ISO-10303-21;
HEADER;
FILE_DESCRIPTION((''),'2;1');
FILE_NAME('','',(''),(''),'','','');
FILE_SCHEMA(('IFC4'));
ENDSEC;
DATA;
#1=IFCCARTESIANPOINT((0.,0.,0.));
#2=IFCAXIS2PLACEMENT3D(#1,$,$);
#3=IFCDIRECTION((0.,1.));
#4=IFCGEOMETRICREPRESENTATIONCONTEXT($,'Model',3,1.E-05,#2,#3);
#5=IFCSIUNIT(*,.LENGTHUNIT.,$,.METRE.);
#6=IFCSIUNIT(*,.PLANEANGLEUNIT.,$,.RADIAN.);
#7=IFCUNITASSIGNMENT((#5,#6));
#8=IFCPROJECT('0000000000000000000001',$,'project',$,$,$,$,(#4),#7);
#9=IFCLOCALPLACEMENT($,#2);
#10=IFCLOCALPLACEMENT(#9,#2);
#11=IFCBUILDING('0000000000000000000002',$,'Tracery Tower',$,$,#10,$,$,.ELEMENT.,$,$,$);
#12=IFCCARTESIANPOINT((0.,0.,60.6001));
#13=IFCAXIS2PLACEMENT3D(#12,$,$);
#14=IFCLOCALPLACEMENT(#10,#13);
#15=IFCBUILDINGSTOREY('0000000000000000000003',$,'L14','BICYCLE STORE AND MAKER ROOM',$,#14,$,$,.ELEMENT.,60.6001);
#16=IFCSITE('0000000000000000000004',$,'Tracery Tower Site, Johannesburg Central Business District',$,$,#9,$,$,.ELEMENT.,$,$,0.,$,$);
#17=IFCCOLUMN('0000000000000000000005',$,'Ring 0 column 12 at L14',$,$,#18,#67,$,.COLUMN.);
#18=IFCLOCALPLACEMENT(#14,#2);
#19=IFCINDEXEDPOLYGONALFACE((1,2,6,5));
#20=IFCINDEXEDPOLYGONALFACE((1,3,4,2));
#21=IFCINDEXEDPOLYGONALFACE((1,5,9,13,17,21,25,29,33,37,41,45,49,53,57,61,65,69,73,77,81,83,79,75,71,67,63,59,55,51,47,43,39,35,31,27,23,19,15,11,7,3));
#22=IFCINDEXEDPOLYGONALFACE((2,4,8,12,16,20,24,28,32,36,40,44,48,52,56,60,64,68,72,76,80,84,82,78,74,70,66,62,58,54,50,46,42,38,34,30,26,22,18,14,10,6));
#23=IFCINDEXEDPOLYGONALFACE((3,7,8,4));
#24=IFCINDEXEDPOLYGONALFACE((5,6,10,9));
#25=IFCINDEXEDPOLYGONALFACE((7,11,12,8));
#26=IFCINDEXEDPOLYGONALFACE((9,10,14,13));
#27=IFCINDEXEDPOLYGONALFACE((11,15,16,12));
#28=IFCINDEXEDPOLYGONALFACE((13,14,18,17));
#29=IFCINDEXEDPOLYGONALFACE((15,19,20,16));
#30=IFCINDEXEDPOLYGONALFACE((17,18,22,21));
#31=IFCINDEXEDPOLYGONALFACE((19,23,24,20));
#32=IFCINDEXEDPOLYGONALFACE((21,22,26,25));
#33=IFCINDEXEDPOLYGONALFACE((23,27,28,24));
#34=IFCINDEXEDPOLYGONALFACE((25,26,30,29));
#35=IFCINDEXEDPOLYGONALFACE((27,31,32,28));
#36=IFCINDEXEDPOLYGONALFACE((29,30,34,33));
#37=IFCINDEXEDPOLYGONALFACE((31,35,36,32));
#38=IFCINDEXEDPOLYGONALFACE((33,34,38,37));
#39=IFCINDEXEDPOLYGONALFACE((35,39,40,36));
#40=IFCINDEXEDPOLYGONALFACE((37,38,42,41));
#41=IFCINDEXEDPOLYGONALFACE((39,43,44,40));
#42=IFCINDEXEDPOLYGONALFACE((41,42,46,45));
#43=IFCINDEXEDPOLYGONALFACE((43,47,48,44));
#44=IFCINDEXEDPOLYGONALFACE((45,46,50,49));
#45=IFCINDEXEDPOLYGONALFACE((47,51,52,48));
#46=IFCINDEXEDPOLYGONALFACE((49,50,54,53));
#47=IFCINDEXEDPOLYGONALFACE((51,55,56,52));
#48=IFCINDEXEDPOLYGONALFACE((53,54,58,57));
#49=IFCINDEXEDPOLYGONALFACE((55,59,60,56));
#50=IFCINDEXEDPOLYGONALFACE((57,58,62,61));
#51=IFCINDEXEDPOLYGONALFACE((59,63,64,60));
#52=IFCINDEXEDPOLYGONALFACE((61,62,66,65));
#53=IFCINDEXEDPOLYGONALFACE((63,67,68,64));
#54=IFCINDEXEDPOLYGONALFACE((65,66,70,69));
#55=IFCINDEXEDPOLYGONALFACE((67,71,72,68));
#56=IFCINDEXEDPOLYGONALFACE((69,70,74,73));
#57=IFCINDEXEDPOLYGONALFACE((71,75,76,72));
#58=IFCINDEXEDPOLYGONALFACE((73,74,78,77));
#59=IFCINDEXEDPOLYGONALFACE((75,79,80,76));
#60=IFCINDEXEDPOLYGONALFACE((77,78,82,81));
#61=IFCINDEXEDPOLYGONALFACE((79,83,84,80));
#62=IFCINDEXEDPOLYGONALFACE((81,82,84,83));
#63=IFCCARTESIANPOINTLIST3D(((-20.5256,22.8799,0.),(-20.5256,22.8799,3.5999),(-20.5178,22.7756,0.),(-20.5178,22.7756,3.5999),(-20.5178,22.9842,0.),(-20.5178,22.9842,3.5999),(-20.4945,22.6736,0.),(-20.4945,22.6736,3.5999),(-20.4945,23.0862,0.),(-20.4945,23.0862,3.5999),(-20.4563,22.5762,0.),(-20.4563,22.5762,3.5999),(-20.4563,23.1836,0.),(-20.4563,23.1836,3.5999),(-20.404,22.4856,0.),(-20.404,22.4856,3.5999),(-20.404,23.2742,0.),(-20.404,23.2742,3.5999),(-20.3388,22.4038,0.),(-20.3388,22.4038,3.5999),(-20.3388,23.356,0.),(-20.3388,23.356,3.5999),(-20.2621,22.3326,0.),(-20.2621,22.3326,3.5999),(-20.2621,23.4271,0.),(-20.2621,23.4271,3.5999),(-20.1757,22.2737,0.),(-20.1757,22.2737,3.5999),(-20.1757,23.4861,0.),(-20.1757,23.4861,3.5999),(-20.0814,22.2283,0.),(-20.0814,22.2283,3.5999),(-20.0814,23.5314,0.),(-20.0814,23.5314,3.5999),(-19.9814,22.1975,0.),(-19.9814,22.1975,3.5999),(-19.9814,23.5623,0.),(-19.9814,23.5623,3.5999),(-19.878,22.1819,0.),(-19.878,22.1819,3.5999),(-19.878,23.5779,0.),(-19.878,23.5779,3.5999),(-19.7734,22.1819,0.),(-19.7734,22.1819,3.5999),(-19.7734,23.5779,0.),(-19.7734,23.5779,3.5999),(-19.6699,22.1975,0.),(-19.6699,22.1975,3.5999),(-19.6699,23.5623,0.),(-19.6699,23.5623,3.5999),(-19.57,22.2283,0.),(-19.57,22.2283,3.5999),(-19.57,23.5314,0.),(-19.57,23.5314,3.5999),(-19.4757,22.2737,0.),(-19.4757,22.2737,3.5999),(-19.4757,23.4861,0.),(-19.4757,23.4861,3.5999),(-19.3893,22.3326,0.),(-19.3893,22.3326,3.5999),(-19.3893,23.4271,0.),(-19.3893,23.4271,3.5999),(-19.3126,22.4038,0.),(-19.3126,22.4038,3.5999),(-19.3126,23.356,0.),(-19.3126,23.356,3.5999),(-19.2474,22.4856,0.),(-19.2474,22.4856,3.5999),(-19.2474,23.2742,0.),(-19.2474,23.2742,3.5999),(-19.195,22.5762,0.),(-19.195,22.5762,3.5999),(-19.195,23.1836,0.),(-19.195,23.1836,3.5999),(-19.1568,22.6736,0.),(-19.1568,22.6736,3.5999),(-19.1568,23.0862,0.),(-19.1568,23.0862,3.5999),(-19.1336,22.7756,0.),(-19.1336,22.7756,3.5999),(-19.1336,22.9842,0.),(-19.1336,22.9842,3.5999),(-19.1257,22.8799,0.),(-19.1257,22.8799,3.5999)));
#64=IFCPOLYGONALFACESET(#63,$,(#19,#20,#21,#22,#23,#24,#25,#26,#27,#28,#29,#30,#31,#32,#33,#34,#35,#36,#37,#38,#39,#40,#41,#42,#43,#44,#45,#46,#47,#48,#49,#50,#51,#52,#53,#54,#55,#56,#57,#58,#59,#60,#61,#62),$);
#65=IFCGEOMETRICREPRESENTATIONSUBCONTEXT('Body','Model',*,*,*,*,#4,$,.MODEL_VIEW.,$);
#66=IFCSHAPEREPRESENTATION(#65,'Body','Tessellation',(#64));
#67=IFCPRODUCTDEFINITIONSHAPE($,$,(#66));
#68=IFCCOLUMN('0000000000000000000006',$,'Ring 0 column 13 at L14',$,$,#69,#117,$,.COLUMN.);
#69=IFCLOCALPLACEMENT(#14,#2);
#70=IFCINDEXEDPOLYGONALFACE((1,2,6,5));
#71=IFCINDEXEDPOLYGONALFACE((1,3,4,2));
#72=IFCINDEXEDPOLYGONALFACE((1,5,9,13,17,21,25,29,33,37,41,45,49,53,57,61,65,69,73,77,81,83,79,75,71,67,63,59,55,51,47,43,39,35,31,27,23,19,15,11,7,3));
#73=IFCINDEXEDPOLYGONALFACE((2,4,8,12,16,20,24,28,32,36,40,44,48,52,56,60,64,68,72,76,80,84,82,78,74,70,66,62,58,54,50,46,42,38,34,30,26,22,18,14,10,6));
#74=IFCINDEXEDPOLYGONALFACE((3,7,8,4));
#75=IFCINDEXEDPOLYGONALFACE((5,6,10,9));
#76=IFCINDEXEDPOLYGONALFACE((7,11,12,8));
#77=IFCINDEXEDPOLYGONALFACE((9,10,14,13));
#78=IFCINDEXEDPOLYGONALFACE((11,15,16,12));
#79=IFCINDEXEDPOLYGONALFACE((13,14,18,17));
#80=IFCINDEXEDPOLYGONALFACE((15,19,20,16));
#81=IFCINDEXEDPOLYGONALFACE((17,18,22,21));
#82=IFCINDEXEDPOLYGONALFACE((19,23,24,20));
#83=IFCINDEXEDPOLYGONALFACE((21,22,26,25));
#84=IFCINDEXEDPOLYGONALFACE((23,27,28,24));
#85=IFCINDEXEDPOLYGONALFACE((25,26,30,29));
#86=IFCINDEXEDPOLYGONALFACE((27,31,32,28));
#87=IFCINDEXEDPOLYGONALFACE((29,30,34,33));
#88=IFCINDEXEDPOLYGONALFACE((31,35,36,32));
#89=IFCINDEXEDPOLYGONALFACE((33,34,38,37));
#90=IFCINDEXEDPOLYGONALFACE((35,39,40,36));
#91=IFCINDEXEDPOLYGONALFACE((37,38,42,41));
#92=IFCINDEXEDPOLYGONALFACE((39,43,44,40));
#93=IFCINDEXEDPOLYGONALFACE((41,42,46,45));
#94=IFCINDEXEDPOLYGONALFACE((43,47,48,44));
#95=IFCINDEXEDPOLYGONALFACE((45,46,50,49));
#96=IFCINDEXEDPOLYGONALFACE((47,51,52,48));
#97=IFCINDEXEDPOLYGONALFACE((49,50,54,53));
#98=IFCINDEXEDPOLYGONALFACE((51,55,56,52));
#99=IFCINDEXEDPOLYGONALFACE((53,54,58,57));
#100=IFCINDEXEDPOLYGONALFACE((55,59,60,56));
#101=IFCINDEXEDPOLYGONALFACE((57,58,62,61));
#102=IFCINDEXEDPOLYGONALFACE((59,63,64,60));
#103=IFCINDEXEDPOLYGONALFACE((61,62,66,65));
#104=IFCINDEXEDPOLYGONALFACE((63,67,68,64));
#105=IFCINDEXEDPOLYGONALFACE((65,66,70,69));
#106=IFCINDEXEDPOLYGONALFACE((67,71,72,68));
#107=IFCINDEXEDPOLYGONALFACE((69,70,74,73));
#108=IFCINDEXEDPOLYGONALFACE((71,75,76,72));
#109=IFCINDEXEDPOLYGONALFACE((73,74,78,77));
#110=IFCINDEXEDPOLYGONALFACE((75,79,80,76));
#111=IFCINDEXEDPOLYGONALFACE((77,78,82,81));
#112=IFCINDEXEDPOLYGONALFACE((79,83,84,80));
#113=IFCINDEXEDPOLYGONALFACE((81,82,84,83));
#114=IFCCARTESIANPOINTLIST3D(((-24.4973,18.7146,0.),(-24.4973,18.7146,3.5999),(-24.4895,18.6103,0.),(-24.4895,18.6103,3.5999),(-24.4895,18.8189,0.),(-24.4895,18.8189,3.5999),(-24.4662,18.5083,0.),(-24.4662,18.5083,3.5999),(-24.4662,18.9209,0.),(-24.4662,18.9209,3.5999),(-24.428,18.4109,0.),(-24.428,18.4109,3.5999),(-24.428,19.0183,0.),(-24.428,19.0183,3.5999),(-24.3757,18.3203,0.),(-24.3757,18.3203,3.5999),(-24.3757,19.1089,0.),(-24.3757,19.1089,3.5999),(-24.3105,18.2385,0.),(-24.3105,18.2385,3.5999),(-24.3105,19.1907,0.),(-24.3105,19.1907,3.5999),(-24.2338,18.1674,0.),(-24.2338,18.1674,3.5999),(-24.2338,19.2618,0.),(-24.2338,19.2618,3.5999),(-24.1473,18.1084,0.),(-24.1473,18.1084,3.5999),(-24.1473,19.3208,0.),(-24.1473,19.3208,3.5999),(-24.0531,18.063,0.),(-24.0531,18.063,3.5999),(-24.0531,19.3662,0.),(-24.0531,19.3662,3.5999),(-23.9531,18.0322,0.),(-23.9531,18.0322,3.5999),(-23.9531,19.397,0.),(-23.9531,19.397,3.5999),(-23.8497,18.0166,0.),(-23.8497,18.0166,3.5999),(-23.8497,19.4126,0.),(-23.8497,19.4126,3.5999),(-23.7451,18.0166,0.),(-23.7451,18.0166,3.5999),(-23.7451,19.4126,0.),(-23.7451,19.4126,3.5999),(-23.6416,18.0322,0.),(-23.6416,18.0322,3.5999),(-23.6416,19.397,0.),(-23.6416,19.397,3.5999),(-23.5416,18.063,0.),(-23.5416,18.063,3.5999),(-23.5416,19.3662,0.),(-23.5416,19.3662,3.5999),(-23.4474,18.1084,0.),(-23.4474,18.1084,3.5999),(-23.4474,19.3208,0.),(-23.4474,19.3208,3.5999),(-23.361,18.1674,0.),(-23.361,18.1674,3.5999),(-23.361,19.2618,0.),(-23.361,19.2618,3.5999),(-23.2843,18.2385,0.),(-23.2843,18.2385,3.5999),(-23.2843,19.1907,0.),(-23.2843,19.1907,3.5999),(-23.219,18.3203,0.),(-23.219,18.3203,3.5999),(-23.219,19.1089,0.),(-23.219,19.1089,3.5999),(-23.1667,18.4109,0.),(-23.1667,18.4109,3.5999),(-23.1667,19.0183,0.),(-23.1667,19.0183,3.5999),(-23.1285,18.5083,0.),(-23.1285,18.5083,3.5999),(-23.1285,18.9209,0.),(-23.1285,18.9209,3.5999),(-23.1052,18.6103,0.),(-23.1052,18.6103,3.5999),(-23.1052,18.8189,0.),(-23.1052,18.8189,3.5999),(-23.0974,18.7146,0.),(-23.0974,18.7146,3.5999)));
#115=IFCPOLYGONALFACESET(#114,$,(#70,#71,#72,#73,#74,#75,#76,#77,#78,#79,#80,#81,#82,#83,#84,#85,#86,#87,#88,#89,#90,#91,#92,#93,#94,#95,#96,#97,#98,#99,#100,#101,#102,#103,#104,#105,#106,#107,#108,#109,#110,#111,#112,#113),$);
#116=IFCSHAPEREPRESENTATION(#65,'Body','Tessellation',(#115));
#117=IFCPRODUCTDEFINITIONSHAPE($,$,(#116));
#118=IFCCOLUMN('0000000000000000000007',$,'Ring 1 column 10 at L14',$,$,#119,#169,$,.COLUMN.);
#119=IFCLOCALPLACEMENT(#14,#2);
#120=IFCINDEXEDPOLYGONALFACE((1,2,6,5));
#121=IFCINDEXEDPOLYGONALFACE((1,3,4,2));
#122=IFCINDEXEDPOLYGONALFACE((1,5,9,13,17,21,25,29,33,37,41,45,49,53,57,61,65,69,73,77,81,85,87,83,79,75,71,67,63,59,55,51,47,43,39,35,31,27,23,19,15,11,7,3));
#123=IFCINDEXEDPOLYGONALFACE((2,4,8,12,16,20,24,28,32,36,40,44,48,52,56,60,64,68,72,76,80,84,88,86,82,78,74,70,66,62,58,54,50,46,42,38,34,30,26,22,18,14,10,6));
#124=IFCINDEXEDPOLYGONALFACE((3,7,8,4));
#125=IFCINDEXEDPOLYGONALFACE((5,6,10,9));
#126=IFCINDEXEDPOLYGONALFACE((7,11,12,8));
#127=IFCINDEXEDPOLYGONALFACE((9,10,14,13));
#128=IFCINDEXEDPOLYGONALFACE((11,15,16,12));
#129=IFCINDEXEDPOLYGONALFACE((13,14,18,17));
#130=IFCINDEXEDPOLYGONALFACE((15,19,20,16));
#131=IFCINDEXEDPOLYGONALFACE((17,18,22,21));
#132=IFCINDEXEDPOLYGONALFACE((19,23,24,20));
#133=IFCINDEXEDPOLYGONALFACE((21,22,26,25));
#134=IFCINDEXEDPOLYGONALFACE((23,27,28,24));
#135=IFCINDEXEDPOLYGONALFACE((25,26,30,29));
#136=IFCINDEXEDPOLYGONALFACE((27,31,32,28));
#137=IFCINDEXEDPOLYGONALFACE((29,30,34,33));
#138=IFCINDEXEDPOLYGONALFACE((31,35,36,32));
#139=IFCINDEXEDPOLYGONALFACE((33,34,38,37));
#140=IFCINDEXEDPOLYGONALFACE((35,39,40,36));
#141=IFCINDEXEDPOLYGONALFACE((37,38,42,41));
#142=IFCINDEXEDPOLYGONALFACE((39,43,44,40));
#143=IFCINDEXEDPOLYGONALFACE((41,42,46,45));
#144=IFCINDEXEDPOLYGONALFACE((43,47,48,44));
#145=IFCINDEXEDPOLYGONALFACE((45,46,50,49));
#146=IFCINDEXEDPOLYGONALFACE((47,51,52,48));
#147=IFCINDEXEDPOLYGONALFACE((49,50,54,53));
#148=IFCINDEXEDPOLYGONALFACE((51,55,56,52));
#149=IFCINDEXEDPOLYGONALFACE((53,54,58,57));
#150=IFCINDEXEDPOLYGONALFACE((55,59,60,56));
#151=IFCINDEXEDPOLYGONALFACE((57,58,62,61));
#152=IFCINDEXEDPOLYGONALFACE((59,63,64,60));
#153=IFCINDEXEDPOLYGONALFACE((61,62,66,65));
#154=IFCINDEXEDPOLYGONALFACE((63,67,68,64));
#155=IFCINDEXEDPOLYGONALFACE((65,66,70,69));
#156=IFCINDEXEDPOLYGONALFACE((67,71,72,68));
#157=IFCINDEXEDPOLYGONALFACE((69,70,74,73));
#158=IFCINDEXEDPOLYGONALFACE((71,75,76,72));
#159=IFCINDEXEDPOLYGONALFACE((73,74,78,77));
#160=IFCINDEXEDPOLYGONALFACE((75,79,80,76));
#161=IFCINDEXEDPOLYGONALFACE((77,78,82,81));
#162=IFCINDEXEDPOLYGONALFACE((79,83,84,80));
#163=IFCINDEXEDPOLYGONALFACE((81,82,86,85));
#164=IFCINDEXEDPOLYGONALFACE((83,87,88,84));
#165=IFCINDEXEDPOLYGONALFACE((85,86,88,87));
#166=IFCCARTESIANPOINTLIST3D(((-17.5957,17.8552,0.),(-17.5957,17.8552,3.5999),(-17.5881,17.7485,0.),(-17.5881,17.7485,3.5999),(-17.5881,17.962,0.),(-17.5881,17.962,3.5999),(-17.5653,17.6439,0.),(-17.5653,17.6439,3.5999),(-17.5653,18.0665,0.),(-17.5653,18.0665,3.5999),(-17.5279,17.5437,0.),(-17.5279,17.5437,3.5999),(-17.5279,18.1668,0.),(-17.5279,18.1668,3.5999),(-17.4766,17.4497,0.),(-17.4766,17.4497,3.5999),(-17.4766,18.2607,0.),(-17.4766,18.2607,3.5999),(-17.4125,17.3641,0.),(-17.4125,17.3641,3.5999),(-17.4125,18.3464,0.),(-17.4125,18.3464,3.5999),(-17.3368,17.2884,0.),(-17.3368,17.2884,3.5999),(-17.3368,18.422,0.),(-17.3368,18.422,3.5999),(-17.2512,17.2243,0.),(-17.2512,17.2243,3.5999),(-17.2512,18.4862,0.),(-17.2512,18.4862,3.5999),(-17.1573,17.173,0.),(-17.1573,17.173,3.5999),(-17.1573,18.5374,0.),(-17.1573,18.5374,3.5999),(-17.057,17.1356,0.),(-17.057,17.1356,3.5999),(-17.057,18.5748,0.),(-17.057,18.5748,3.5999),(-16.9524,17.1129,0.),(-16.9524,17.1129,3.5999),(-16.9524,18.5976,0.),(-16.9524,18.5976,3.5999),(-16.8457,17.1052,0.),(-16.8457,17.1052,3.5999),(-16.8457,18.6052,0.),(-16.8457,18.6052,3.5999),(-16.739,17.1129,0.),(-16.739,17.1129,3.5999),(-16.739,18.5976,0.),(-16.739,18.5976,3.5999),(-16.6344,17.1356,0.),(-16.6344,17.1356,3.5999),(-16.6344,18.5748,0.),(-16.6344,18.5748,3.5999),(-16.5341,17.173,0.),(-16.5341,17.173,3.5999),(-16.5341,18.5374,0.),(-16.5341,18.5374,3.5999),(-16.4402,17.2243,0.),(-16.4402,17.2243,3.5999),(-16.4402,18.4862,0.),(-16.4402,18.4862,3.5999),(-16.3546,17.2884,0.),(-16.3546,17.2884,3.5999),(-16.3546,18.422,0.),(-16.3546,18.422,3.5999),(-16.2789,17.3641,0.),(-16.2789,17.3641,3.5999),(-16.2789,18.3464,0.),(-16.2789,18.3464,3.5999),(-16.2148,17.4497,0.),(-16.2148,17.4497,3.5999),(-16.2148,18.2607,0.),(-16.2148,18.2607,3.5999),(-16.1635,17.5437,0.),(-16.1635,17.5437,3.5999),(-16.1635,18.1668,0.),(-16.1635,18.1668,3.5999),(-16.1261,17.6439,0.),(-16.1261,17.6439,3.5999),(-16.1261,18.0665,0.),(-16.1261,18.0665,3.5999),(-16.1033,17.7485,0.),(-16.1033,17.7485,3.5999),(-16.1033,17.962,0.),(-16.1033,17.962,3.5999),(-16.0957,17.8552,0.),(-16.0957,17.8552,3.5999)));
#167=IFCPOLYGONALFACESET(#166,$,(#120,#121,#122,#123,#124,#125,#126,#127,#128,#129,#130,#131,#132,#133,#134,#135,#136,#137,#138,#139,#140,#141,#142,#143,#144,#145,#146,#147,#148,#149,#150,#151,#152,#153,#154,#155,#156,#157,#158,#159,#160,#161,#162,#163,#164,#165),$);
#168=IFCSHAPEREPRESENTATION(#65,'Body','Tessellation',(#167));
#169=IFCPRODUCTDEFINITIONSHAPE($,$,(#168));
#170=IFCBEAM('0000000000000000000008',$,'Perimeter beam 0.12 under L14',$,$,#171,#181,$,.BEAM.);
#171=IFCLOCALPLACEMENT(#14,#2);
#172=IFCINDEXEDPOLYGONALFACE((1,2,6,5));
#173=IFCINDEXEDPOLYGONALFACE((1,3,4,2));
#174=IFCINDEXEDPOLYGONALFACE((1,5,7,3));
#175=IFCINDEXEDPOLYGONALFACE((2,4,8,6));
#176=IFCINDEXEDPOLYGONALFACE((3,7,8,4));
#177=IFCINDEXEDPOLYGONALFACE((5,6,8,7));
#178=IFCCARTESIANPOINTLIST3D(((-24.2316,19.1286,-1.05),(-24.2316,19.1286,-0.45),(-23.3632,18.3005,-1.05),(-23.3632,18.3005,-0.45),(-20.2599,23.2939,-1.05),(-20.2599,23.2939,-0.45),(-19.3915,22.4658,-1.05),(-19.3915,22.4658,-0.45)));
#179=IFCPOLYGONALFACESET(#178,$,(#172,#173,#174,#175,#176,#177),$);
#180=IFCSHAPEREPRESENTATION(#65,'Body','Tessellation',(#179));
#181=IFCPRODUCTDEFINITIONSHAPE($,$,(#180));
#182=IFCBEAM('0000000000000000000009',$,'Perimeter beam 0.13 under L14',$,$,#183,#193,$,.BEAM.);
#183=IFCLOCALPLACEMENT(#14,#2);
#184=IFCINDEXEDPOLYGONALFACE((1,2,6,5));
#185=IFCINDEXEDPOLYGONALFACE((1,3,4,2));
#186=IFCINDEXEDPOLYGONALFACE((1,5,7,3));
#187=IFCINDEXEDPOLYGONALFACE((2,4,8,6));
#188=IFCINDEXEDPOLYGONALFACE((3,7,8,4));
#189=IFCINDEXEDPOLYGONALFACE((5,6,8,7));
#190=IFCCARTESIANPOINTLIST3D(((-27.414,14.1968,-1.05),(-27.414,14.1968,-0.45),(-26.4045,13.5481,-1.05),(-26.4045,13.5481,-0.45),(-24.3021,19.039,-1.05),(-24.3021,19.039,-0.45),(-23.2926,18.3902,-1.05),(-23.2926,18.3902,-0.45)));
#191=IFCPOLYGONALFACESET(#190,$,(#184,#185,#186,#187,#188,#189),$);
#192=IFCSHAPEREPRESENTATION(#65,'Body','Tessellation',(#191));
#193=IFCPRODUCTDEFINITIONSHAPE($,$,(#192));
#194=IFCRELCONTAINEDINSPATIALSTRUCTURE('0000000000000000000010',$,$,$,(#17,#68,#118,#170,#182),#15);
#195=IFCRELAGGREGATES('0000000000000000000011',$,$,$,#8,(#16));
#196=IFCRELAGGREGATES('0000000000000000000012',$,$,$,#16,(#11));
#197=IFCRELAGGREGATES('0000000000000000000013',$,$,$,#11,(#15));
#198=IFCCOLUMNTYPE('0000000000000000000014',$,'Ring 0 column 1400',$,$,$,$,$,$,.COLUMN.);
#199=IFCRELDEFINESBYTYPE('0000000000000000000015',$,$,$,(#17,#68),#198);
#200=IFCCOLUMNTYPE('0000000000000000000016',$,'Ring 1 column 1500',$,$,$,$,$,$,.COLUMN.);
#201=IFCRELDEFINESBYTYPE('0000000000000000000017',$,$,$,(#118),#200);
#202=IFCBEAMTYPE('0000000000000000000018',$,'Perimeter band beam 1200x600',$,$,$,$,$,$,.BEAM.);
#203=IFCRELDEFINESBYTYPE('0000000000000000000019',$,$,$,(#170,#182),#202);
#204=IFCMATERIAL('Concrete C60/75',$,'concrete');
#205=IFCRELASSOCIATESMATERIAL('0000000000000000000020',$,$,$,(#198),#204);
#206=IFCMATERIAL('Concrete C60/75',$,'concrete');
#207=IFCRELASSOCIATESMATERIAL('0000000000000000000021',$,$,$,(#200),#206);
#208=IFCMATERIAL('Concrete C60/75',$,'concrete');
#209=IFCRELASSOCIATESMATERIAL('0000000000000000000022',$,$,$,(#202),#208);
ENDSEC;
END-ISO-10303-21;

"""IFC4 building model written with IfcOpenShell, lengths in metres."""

from ifc_helpers import new_model, si_unit, direction, frame, origin, origin_2d, place, context, subcontext, project, spatial, rectangle, circle, extrude, material, material_profile, profile_set, type_object, element, save


model = new_model("IFC4")

# Units and contexts
model_context = context("Model", 3, precision=1e-05, world=origin(), true_north=direction((0.0, 1.0)))
body_context = subcontext(model_context, "Body", "Model", "MODEL_VIEW")
ifc_project = project(units=[si_unit("LENGTHUNIT", "METRE"), si_unit("PLANEANGLEUNIT", "RADIAN")], contexts=[model_context])

# Site, building, storey
site_placement = place(None, origin())
site = spatial("IfcSite", under=ifc_project, at=site_placement, Name="Tracery Tower Site, Johannesburg Central Business District", CompositionType="ELEMENT", RefElevation=0.0)
building_placement = place(site_placement, origin())
building = spatial("IfcBuilding", under=site, at=building_placement, Name="Tracery Tower", CompositionType="ELEMENT")
storey_placement = place(building_placement, frame((0.0, 0.0, 60.6001)))
storey = spatial("IfcBuildingStorey", under=building, at=storey_placement, Name="L14", Description="BICYCLE STORE AND MAKER ROOM", CompositionType="ELEMENT", Elevation=60.6001)

# Columns
ifc_material_1 = material(Name="Concrete C60/75", Category="concrete")
ifc_material_profile_1 = material_profile(ifc_material_1, circle(Radius=0.7, at=origin_2d()), Name="RC D1400")
ifc_profile_set_1 = profile_set([ifc_material_profile_1], Name="Concrete C60/75")
column_type_1 = type_object("IfcColumnType", Name="Ring 0 column 1400", PredefinedType="COLUMN", material=ifc_profile_set_1)
for number, where, z_axis, x_axis, name in (
    (1, (-19.8257, 22.8799, 0.0), (0.0, 0.0, 1.0), (1.0, 0.0, 0.0), "Ring 0 column 12 at L14"),
    (2, (-23.7974, 18.7146, 0.0), (0.0, 0.0, 1.0), (1.0, 0.0, 0.0), "Ring 0 column 13 at L14"),
):
    element("IfcColumn", number, at=place(storey_placement, frame(where, z_axis=z_axis, x_axis=x_axis)), inside=storey, type_object=column_type_1, Name=name, PredefinedType="COLUMN", context=body_context, shape_type="SweptSolid", body=[
        extrude(circle(Radius=0.7, at=origin_2d()), origin(), (0.0, 0.0, 1.0), 3.5999),
    ])
ifc_material_2 = material(Name="Concrete C60/75", Category="concrete")
ifc_material_profile_2 = material_profile(ifc_material_2, circle(Radius=0.75, at=origin_2d()), Name="RC D1500")
ifc_profile_set_2 = profile_set([ifc_material_profile_2], Name="Concrete C60/75")
column_type_2 = type_object("IfcColumnType", Name="Ring 1 column 1500", PredefinedType="COLUMN", material=ifc_profile_set_2)
column_placement = place(storey_placement, frame((-16.8457, 17.8552, 0.0), z_axis=(0.0, 0.0, 1.0), x_axis=(1.0, 0.0, 0.0)))
element("IfcColumn", 3, at=column_placement, inside=storey, type_object=column_type_2, Name="Ring 1 column 10 at L14", PredefinedType="COLUMN", context=body_context, shape_type="SweptSolid", body=[
    extrude(circle(Radius=0.75, at=origin_2d()), origin(), (0.0, 0.0, 1.0), 3.5999),
])

# Beams
ifc_material_3 = material(Name="Concrete C60/75", Category="concrete")
ifc_material_profile_3 = material_profile(ifc_material_3, rectangle(XDim=1.2, YDim=0.6001, at=origin_2d()), Name="RC 1200x600")
ifc_profile_set_3 = profile_set([ifc_material_profile_3], Name="Concrete C60/75")
beam_type = type_object("IfcBeamType", Name="Perimeter band beam 1200x600", PredefinedType="BEAM", material=ifc_profile_set_3)
beam_1_placement = place(storey_placement, frame((-19.8257, 22.8799, -0.75), z_axis=(-0.690087, -0.723726, 0.0), x_axis=(0.723726, -0.690087, 0.0)))
element("IfcBeam", 4, at=beam_1_placement, inside=storey, type_object=beam_type, Name="Perimeter beam 0.12 under L14", PredefinedType="BEAM", context=body_context, shape_type="SweptSolid", body=[
    extrude(rectangle(XDim=1.2, YDim=0.6001, at=origin_2d()), origin(), (0.0, 0.0, 1.0), 5.7554),
])
beam_2_placement = place(storey_placement, frame((-23.7974, 18.7146, -0.75), z_axis=(-0.540644, -0.841252, 0.0), x_axis=(0.841252, -0.540644, 0.0)))
element("IfcBeam", 5, at=beam_2_placement, inside=storey, type_object=beam_type, Name="Perimeter beam 0.13 under L14", PredefinedType="BEAM", context=body_context, shape_type="SweptSolid", body=[
    extrude(rectangle(XDim=1.2, YDim=0.6001, at=origin_2d()), origin(), (0.0, 0.0, 1.0), 5.7559),
])

save(model, "model.ifc")
